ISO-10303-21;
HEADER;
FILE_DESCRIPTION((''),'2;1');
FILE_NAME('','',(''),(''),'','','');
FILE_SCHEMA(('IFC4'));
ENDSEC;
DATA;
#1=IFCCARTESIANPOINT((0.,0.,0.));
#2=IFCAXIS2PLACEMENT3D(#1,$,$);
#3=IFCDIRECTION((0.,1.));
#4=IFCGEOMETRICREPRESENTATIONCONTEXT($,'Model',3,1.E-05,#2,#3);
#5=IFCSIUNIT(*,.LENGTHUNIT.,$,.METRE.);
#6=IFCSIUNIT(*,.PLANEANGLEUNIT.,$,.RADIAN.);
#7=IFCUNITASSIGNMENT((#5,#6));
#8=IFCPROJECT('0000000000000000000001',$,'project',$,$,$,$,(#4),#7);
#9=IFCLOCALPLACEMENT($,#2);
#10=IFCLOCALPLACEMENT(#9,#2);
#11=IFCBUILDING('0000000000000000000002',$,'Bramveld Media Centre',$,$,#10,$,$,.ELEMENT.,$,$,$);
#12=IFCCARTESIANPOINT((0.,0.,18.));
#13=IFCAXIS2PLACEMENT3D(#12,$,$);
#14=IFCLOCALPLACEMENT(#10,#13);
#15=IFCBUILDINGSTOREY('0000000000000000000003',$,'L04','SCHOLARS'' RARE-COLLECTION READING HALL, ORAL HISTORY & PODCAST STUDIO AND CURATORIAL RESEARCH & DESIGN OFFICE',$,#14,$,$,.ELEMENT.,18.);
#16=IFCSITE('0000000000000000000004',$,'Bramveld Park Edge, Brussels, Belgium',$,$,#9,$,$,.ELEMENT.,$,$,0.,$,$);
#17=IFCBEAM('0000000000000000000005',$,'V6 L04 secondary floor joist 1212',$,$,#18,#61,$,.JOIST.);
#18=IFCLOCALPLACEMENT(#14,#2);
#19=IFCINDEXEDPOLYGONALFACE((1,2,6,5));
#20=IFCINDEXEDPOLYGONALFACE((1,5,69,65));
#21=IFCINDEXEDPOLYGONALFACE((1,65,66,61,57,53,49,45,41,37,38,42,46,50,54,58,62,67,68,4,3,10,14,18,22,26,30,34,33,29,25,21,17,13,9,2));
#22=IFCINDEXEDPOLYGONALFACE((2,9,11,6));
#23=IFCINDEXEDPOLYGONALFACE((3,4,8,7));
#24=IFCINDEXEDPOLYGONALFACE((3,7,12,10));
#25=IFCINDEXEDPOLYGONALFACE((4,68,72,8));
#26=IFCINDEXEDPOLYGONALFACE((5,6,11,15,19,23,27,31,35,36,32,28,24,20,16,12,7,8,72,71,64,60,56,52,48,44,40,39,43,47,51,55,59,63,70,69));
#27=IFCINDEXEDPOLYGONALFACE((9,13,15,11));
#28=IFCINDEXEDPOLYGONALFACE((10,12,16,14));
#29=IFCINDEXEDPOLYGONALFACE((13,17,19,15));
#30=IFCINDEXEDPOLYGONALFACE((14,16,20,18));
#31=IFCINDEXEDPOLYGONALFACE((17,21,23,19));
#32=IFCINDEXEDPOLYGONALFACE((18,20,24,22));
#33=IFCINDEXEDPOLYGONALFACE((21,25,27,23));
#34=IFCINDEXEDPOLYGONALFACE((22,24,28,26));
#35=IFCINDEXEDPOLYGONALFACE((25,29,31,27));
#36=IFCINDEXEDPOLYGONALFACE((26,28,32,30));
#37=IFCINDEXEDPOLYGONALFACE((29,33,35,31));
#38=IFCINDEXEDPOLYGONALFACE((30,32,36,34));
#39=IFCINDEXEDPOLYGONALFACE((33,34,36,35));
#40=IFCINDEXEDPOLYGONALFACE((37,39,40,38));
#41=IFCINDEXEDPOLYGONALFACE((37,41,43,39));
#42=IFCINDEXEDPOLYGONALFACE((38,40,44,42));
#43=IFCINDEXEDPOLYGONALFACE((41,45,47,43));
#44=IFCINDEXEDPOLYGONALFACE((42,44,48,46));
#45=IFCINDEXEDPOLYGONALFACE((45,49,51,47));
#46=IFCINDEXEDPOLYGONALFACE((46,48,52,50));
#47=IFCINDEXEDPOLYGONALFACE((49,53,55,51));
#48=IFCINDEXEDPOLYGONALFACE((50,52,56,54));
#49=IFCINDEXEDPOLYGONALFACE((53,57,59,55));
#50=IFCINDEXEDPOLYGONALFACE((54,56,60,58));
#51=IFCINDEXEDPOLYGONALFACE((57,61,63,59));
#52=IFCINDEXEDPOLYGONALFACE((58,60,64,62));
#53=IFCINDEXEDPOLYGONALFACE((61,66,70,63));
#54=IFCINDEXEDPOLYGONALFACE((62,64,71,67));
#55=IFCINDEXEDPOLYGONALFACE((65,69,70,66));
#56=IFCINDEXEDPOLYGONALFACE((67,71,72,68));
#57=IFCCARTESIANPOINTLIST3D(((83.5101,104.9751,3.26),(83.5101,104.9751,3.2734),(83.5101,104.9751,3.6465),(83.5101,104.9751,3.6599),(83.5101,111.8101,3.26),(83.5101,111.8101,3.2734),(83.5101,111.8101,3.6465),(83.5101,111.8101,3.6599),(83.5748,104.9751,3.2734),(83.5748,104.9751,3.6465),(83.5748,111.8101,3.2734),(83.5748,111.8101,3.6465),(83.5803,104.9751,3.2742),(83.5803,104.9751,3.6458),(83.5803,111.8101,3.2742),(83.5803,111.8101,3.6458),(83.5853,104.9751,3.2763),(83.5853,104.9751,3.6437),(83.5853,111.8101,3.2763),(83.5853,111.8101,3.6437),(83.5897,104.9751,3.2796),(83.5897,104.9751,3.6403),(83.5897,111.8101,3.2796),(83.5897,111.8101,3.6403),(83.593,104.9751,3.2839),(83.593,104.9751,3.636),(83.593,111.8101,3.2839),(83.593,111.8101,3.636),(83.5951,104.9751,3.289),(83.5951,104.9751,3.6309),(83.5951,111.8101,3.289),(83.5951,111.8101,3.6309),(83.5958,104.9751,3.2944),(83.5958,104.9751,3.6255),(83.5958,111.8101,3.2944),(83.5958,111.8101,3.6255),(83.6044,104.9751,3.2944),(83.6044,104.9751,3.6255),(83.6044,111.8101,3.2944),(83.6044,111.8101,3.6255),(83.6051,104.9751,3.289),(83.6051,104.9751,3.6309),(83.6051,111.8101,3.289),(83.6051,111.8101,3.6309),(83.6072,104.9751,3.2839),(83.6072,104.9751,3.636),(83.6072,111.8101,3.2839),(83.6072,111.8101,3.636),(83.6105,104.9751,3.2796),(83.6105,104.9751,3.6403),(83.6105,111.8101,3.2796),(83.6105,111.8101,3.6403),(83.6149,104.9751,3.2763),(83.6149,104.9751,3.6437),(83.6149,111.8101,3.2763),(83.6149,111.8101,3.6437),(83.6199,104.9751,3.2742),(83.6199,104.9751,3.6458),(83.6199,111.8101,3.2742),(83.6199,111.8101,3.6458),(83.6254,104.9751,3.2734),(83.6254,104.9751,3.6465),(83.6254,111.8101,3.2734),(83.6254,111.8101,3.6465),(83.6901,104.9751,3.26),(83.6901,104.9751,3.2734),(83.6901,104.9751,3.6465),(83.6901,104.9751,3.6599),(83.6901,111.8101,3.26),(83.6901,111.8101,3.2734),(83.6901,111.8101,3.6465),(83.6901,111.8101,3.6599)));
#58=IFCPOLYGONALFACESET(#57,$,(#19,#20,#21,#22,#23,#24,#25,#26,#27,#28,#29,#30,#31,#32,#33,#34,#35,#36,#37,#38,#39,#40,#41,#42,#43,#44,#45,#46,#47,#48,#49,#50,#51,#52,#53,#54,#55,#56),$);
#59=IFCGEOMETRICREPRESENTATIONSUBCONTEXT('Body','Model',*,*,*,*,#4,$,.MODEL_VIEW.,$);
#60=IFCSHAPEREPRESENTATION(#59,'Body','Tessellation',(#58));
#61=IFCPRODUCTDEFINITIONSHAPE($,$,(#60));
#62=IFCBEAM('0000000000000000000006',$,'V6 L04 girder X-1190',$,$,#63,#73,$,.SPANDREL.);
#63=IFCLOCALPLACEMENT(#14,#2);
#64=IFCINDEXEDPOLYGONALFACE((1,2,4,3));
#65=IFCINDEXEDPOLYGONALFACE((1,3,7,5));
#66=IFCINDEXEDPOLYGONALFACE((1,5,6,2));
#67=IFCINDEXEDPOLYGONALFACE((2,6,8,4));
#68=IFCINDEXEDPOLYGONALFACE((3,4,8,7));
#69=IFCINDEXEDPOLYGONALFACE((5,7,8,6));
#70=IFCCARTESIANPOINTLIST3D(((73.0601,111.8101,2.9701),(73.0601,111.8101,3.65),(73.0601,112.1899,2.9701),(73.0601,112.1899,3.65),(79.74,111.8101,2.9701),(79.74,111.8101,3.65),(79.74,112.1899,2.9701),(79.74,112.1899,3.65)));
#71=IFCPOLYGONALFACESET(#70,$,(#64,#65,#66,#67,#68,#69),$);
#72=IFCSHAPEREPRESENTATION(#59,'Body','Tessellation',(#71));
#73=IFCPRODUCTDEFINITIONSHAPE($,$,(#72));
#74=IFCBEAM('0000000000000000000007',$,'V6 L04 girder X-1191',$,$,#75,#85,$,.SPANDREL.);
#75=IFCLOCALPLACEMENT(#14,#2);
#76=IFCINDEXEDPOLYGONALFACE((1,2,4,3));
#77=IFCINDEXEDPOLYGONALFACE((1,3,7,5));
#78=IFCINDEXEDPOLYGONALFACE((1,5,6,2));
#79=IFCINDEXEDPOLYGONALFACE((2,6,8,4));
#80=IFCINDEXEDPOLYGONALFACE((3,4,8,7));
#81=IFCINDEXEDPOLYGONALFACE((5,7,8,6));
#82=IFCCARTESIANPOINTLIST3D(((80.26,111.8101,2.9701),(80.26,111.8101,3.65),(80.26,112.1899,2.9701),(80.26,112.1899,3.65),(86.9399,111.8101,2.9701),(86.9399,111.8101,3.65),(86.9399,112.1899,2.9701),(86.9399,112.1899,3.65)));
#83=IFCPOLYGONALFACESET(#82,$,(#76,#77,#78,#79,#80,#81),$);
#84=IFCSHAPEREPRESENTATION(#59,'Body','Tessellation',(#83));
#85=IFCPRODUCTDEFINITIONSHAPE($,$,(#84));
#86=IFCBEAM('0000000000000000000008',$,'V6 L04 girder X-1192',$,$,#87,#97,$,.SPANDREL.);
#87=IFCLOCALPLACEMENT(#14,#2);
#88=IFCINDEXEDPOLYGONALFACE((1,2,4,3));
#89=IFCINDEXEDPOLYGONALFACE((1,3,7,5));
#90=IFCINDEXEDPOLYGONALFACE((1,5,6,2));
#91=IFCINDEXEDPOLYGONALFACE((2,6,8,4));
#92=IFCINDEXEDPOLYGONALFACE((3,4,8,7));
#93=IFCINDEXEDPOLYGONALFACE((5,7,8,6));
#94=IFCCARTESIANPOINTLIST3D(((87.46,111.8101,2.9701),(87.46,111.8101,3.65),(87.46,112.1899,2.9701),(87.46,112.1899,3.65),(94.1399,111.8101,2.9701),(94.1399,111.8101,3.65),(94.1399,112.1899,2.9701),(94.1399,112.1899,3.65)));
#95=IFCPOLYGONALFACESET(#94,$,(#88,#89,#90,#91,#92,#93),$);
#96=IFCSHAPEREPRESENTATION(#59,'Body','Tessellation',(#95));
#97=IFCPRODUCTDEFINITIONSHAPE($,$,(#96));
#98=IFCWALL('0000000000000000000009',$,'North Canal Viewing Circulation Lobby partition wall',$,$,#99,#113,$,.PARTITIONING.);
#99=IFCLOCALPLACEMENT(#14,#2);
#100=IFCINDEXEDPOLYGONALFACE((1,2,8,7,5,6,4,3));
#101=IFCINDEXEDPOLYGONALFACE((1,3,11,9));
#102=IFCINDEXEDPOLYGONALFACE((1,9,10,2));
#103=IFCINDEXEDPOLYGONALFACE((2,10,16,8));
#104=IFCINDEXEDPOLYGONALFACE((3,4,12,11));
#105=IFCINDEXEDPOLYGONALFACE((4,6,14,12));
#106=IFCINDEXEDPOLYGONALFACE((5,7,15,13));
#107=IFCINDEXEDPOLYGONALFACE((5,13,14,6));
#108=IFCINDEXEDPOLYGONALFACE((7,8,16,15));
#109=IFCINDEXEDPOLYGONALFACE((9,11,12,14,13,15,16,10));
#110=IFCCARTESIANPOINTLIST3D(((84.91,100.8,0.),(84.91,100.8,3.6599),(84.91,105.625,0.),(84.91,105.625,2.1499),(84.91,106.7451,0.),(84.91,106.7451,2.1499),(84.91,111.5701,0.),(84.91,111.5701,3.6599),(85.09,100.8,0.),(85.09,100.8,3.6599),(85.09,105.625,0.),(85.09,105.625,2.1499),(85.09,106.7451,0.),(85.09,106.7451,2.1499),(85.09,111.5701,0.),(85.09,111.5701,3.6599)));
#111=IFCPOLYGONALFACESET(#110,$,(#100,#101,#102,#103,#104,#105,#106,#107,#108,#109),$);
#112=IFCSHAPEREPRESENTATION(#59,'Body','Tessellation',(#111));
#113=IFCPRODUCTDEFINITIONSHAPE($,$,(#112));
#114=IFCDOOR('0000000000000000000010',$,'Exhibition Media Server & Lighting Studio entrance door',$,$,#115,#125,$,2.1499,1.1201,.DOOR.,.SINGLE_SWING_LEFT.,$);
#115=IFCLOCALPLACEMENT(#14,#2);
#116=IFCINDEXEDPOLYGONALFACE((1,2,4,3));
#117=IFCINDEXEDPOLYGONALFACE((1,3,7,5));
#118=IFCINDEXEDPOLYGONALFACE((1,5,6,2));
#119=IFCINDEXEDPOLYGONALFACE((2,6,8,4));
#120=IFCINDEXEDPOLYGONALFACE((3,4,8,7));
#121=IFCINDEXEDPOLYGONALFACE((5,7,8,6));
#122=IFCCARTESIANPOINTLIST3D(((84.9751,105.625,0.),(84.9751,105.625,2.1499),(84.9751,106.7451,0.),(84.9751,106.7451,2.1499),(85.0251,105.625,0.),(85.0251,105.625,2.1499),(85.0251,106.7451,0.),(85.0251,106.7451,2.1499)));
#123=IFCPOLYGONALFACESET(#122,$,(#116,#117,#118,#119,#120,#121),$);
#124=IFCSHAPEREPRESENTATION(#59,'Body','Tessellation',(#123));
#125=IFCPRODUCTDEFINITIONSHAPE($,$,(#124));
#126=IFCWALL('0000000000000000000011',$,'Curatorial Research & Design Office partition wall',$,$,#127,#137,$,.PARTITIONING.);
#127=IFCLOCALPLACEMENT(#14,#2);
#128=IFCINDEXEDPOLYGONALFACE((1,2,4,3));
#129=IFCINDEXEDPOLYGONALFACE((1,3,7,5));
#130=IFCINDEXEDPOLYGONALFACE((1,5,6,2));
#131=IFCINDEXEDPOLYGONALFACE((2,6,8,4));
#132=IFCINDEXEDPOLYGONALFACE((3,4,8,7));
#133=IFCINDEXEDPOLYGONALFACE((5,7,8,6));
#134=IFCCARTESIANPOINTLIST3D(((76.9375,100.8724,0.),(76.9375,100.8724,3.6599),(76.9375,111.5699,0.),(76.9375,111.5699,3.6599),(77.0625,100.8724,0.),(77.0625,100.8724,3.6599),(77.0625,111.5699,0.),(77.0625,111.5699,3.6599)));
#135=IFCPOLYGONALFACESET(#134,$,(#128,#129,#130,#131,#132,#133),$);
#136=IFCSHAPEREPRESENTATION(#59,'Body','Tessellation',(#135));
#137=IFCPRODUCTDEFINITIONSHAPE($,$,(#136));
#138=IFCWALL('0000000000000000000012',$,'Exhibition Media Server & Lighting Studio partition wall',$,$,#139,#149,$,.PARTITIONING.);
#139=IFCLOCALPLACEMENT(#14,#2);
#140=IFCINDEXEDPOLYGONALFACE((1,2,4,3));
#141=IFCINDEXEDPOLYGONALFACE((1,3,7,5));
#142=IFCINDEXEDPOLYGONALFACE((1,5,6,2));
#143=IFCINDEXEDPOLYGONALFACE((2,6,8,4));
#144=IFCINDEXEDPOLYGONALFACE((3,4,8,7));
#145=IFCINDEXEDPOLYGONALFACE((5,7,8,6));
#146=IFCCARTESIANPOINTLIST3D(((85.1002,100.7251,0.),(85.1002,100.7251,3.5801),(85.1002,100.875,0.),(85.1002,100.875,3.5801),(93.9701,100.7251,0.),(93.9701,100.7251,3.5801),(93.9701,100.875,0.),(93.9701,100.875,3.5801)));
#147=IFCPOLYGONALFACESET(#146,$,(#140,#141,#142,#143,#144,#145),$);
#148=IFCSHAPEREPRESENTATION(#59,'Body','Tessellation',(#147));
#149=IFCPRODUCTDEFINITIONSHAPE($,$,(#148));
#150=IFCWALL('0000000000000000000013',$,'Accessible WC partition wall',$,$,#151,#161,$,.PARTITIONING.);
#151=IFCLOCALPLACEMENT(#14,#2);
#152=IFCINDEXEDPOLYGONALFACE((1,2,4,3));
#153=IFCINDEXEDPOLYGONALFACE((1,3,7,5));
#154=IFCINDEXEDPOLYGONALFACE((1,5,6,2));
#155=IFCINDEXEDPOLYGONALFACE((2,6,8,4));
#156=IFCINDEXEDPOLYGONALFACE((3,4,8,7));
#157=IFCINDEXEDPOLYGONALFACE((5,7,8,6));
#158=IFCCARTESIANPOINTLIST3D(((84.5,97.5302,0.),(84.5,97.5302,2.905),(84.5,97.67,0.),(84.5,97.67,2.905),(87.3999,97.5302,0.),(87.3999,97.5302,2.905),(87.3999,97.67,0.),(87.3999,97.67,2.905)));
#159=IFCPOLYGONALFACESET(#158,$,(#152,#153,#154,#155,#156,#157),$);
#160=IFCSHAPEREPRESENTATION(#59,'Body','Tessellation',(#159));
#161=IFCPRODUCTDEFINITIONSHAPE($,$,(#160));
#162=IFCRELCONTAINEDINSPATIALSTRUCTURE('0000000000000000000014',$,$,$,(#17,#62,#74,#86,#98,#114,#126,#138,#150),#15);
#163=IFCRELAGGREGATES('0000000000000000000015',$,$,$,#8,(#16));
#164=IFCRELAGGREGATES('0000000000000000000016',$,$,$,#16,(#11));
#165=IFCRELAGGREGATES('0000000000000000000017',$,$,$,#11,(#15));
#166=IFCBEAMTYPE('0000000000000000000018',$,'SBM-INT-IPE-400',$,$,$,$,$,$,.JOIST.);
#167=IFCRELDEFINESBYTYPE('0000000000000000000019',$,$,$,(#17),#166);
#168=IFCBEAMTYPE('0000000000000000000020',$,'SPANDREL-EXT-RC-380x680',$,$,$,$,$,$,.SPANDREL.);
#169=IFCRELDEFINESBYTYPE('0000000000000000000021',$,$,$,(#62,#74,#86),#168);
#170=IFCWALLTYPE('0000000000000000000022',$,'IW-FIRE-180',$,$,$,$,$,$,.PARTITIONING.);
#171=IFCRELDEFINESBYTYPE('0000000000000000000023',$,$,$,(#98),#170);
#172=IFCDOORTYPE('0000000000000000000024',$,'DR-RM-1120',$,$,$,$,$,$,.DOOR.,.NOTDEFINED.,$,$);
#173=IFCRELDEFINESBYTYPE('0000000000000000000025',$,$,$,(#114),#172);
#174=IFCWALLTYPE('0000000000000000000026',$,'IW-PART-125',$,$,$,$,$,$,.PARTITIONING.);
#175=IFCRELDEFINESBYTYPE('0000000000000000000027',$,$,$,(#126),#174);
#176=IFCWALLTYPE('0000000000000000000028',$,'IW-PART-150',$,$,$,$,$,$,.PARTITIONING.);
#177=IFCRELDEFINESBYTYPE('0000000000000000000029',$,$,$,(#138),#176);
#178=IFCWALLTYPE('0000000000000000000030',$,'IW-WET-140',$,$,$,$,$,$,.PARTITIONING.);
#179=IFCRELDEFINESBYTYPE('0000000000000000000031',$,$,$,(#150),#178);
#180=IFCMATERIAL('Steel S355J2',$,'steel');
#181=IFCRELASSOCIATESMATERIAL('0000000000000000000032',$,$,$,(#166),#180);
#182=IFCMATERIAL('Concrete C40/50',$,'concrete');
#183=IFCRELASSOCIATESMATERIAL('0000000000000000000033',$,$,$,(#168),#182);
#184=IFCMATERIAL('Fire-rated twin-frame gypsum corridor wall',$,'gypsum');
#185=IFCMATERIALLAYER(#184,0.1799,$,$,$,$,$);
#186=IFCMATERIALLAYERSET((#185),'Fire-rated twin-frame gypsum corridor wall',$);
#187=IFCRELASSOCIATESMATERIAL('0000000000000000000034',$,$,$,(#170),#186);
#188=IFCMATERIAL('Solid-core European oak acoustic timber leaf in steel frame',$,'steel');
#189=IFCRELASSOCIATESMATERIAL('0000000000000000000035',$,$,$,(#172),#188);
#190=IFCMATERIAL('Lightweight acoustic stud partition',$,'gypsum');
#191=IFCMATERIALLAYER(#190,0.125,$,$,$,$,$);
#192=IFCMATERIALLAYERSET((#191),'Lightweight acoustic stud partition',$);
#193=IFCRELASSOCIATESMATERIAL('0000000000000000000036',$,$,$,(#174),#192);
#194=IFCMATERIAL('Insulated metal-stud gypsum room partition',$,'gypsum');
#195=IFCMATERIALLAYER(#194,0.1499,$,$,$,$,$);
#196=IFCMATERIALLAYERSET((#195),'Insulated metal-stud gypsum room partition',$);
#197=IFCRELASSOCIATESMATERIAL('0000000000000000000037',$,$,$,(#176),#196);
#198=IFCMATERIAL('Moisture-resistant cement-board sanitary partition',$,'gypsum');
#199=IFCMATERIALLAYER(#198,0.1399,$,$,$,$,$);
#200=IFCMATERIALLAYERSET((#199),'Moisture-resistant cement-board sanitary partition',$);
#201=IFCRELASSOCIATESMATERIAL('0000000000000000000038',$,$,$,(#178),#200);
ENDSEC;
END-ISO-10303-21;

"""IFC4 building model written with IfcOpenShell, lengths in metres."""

from ifc_helpers import new_model, si_unit, direction, frame, frame_2d, origin, origin_2d, place, context, subcontext, project, spatial, rectangle, i_section, extrude, material, layer, layer_set, material_profile, profile_set, type_object, element, fill, save


model = new_model("IFC4")

# Units and contexts
model_context = context("Model", 3, precision=1e-05, world=origin(), true_north=direction((0.0, 1.0)))
body_context = subcontext(model_context, "Body", "Model", "MODEL_VIEW")
ifc_project = project(units=[si_unit("LENGTHUNIT", "METRE"), si_unit("PLANEANGLEUNIT", "RADIAN")], contexts=[model_context])

# Site, building, storey
site_placement = place(None, origin())
site = spatial("IfcSite", under=ifc_project, at=site_placement, Name="Bramveld Park Edge, Brussels, Belgium", CompositionType="ELEMENT", RefElevation=0.0)
building_placement = place(site_placement, origin())
building = spatial("IfcBuilding", under=site, at=building_placement, Name="Bramveld Media Centre", CompositionType="ELEMENT")
storey_placement = place(building_placement, frame((0.0, 0.0, 18.0)))
storey = spatial("IfcBuildingStorey", under=building, at=storey_placement, Name="L04", Description="SCHOLARS' RARE-COLLECTION READING HALL, ORAL HISTORY & PODCAST STUDIO AND CURATORIAL RESEARCH & DESIGN OFFICE", CompositionType="ELEMENT", Elevation=18.0)

# Beams
ifc_material_1 = material(Name="Steel S355J2", Category="steel")
ifc_material_profile_1 = material_profile(ifc_material_1, i_section(OverallWidth=0.1799, OverallDepth=0.3999, WebThickness=0.0085, FlangeThickness=0.0134, FilletRadius=0.021, at=origin_2d()), Name="IPE 400")
ifc_profile_set_1 = profile_set([ifc_material_profile_1], Name="Steel S355J2")
beam_type_1 = type_object("IfcBeamType", Name="SBM-INT-IPE-400", PredefinedType="JOIST", material=ifc_profile_set_1)
beam_1_placement = place(storey_placement, frame((83.6001, 104.9751, 3.46), z_axis=(0.0, 1.0, 0.0), x_axis=(-1.0, 0.0, 0.0)))
element("IfcBeam", 1, at=beam_1_placement, inside=storey, type_object=beam_type_1, Name="V6 L04 secondary floor joist 1212", PredefinedType="JOIST", context=body_context, shape_type="SweptSolid", body=[
    extrude(i_section(OverallWidth=0.1799, OverallDepth=0.3999, WebThickness=0.0085, FlangeThickness=0.0134, FilletRadius=0.021, at=origin_2d()), origin(), (0.0, 0.0, 1.0), 6.835),
])
ifc_material_2 = material(Name="Concrete C40/50", Category="concrete")
ifc_material_profile_2 = material_profile(ifc_material_2, rectangle(XDim=0.3799, YDim=0.6799, at=origin_2d()), Name="RC 380x680")
ifc_profile_set_2 = profile_set([ifc_material_profile_2], Name="Concrete C40/50")
beam_type_2 = type_object("IfcBeamType", Name="SPANDREL-EXT-RC-380x680", PredefinedType="SPANDREL", material=ifc_profile_set_2)
for number, where, z_axis, x_axis, name in (
    (2, (73.0601, 112.0, 3.3101), (1.0, 0.0, 0.0), (0.0, 1.0, 0.0), "V6 L04 girder X-1190"),
    (3, (80.26, 112.0, 3.3101), (1.0, 0.0, 0.0), (0.0, 1.0, 0.0), "V6 L04 girder X-1191"),
    (4, (87.46, 112.0, 3.3101), (1.0, 0.0, 0.0), (0.0, 1.0, 0.0), "V6 L04 girder X-1192"),
):
    element("IfcBeam", number, at=place(storey_placement, frame(where, z_axis=z_axis, x_axis=x_axis)), inside=storey, type_object=beam_type_2, Name=name, PredefinedType="SPANDREL", context=body_context, shape_type="SweptSolid", body=[
        extrude(rectangle(XDim=0.3799, YDim=0.6799, at=origin_2d()), origin(), (0.0, 0.0, 1.0), 6.6799),
    ])

# Wall, opening, door
ifc_material_3 = material(Name="Fire-rated twin-frame gypsum corridor wall", Category="gypsum")
ifc_layer_1 = layer(ifc_material_3, 0.1799)
ifc_layer_set_1 = layer_set([ifc_layer_1], Name="Fire-rated twin-frame gypsum corridor wall")
wall_type_1 = type_object("IfcWallType", Name="IW-FIRE-180", PredefinedType="PARTITIONING", material=ifc_layer_set_1)
wall_1_placement = place(storey_placement, frame((85.0, 100.8, 0.0), z_axis=(0.0, 0.0, 1.0), x_axis=(0.0, 1.0, 0.0)))
wall_1 = element("IfcWall", 5, at=wall_1_placement, inside=storey, type_object=wall_type_1, Name="North Canal Viewing Circulation Lobby partition wall", PredefinedType="PARTITIONING", context=body_context, shape_type="SweptSolid", body=[
    extrude(rectangle(XDim=10.77, YDim=0.1799, at=frame_2d((5.385, 0.0))), origin(), (0.0, 0.0, 1.0), 3.6599),
])
opening_1_placement = place(wall_1_placement, frame((4.825, 0.0, 0.0)))
opening_1 = element("IfcOpeningElement", 6, at=opening_1_placement, cuts=wall_1, PredefinedType="OPENING", context=body_context, shape_type="SweptSolid", body=[
    extrude(rectangle(XDim=1.1201, YDim=2.1499, at=frame_2d((0.5601, 1.075))), frame((0.0, 0.1021, 0.0), z_axis=(0.0, -1.0, 0.0), x_axis=(1.0, 0.0, 0.0)), (0.0, 0.0, 1.0), 0.2039),
])
ifc_material_4 = material(Name="Solid-core European oak acoustic timber leaf in steel frame", Category="steel")
door_type_1 = type_object("IfcDoorType", Name="DR-RM-1120", OperationType="NOTDEFINED", PredefinedType="DOOR", material=ifc_material_4)
door_1_placement = place(opening_1_placement, origin())
door_1 = element("IfcDoor", 7, at=door_1_placement, inside=storey, type_object=door_type_1, Name="Exhibition Media Server & Lighting Studio entrance door", OperationType="SINGLE_SWING_LEFT", OverallHeight=2.1499, OverallWidth=1.1201, PredefinedType="DOOR", context=body_context, shape_type="SweptSolid", body=[
    extrude(rectangle(XDim=1.1201, YDim=2.1499, at=frame_2d((0.5601, 1.075))), frame((0.0, 0.0249, 0.0), z_axis=(0.0, -1.0, 0.0), x_axis=(1.0, 0.0, 0.0)), (0.0, 0.0, 1.0), 0.05),
])
fill(opening_1, door_1)

# Walls
ifc_material_5 = material(Name="Lightweight acoustic stud partition", Category="gypsum")
ifc_layer_2 = layer(ifc_material_5, 0.125)
ifc_layer_set_2 = layer_set([ifc_layer_2], Name="Lightweight acoustic stud partition")
wall_type_2 = type_object("IfcWallType", Name="IW-PART-125", PredefinedType="PARTITIONING", material=ifc_layer_set_2)
wall_2_placement = place(storey_placement, frame((77.0, 100.8726, 0.0), z_axis=(0.0, 0.0, 1.0), x_axis=(0.0, 1.0, 0.0)))
element("IfcWall", 8, at=wall_2_placement, inside=storey, type_object=wall_type_2, Name="Curatorial Research & Design Office partition wall", PredefinedType="PARTITIONING", context=body_context, shape_type="SweptSolid", body=[
    extrude(rectangle(XDim=10.6975, YDim=0.125, at=frame_2d((5.3486, 0.0))), origin(), (0.0, 0.0, 1.0), 3.6599),
])
ifc_material_6 = material(Name="Insulated metal-stud gypsum room partition", Category="gypsum")
ifc_layer_3 = layer(ifc_material_6, 0.1499)
ifc_layer_set_3 = layer_set([ifc_layer_3], Name="Insulated metal-stud gypsum room partition")
wall_type_3 = type_object("IfcWallType", Name="IW-PART-150", PredefinedType="PARTITIONING", material=ifc_layer_set_3)
wall_3_placement = place(storey_placement, frame((85.1001, 100.8, 0.0), z_axis=(0.0, 0.0, 1.0), x_axis=(1.0, 0.0, 0.0)))
element("IfcWall", 9, at=wall_3_placement, inside=storey, type_object=wall_type_3, Name="Exhibition Media Server & Lighting Studio partition wall", PredefinedType="PARTITIONING", context=body_context, shape_type="SweptSolid", body=[
    extrude(rectangle(XDim=8.8699, YDim=0.1499, at=frame_2d((4.4351, 0.0))), origin(), (0.0, 0.0, 1.0), 3.5801),
])
ifc_material_7 = material(Name="Moisture-resistant cement-board sanitary partition", Category="gypsum")
ifc_layer_4 = layer(ifc_material_7, 0.1399)
ifc_layer_set_4 = layer_set([ifc_layer_4], Name="Moisture-resistant cement-board sanitary partition")
wall_type_4 = type_object("IfcWallType", Name="IW-WET-140", PredefinedType="PARTITIONING", material=ifc_layer_set_4)
wall_4_placement = place(storey_placement, frame((84.5, 97.6001, 0.0), z_axis=(0.0, 0.0, 1.0), x_axis=(1.0, 0.0, 0.0)))
element("IfcWall", 10, at=wall_4_placement, inside=storey, type_object=wall_type_4, Name="Accessible WC partition wall", PredefinedType="PARTITIONING", context=body_context, shape_type="SweptSolid", body=[
    extrude(rectangle(XDim=2.8999, YDim=0.1399, at=frame_2d((1.45, 0.0))), origin(), (0.0, 0.0, 1.0), 2.905),
])

save(model, "model.ifc")
